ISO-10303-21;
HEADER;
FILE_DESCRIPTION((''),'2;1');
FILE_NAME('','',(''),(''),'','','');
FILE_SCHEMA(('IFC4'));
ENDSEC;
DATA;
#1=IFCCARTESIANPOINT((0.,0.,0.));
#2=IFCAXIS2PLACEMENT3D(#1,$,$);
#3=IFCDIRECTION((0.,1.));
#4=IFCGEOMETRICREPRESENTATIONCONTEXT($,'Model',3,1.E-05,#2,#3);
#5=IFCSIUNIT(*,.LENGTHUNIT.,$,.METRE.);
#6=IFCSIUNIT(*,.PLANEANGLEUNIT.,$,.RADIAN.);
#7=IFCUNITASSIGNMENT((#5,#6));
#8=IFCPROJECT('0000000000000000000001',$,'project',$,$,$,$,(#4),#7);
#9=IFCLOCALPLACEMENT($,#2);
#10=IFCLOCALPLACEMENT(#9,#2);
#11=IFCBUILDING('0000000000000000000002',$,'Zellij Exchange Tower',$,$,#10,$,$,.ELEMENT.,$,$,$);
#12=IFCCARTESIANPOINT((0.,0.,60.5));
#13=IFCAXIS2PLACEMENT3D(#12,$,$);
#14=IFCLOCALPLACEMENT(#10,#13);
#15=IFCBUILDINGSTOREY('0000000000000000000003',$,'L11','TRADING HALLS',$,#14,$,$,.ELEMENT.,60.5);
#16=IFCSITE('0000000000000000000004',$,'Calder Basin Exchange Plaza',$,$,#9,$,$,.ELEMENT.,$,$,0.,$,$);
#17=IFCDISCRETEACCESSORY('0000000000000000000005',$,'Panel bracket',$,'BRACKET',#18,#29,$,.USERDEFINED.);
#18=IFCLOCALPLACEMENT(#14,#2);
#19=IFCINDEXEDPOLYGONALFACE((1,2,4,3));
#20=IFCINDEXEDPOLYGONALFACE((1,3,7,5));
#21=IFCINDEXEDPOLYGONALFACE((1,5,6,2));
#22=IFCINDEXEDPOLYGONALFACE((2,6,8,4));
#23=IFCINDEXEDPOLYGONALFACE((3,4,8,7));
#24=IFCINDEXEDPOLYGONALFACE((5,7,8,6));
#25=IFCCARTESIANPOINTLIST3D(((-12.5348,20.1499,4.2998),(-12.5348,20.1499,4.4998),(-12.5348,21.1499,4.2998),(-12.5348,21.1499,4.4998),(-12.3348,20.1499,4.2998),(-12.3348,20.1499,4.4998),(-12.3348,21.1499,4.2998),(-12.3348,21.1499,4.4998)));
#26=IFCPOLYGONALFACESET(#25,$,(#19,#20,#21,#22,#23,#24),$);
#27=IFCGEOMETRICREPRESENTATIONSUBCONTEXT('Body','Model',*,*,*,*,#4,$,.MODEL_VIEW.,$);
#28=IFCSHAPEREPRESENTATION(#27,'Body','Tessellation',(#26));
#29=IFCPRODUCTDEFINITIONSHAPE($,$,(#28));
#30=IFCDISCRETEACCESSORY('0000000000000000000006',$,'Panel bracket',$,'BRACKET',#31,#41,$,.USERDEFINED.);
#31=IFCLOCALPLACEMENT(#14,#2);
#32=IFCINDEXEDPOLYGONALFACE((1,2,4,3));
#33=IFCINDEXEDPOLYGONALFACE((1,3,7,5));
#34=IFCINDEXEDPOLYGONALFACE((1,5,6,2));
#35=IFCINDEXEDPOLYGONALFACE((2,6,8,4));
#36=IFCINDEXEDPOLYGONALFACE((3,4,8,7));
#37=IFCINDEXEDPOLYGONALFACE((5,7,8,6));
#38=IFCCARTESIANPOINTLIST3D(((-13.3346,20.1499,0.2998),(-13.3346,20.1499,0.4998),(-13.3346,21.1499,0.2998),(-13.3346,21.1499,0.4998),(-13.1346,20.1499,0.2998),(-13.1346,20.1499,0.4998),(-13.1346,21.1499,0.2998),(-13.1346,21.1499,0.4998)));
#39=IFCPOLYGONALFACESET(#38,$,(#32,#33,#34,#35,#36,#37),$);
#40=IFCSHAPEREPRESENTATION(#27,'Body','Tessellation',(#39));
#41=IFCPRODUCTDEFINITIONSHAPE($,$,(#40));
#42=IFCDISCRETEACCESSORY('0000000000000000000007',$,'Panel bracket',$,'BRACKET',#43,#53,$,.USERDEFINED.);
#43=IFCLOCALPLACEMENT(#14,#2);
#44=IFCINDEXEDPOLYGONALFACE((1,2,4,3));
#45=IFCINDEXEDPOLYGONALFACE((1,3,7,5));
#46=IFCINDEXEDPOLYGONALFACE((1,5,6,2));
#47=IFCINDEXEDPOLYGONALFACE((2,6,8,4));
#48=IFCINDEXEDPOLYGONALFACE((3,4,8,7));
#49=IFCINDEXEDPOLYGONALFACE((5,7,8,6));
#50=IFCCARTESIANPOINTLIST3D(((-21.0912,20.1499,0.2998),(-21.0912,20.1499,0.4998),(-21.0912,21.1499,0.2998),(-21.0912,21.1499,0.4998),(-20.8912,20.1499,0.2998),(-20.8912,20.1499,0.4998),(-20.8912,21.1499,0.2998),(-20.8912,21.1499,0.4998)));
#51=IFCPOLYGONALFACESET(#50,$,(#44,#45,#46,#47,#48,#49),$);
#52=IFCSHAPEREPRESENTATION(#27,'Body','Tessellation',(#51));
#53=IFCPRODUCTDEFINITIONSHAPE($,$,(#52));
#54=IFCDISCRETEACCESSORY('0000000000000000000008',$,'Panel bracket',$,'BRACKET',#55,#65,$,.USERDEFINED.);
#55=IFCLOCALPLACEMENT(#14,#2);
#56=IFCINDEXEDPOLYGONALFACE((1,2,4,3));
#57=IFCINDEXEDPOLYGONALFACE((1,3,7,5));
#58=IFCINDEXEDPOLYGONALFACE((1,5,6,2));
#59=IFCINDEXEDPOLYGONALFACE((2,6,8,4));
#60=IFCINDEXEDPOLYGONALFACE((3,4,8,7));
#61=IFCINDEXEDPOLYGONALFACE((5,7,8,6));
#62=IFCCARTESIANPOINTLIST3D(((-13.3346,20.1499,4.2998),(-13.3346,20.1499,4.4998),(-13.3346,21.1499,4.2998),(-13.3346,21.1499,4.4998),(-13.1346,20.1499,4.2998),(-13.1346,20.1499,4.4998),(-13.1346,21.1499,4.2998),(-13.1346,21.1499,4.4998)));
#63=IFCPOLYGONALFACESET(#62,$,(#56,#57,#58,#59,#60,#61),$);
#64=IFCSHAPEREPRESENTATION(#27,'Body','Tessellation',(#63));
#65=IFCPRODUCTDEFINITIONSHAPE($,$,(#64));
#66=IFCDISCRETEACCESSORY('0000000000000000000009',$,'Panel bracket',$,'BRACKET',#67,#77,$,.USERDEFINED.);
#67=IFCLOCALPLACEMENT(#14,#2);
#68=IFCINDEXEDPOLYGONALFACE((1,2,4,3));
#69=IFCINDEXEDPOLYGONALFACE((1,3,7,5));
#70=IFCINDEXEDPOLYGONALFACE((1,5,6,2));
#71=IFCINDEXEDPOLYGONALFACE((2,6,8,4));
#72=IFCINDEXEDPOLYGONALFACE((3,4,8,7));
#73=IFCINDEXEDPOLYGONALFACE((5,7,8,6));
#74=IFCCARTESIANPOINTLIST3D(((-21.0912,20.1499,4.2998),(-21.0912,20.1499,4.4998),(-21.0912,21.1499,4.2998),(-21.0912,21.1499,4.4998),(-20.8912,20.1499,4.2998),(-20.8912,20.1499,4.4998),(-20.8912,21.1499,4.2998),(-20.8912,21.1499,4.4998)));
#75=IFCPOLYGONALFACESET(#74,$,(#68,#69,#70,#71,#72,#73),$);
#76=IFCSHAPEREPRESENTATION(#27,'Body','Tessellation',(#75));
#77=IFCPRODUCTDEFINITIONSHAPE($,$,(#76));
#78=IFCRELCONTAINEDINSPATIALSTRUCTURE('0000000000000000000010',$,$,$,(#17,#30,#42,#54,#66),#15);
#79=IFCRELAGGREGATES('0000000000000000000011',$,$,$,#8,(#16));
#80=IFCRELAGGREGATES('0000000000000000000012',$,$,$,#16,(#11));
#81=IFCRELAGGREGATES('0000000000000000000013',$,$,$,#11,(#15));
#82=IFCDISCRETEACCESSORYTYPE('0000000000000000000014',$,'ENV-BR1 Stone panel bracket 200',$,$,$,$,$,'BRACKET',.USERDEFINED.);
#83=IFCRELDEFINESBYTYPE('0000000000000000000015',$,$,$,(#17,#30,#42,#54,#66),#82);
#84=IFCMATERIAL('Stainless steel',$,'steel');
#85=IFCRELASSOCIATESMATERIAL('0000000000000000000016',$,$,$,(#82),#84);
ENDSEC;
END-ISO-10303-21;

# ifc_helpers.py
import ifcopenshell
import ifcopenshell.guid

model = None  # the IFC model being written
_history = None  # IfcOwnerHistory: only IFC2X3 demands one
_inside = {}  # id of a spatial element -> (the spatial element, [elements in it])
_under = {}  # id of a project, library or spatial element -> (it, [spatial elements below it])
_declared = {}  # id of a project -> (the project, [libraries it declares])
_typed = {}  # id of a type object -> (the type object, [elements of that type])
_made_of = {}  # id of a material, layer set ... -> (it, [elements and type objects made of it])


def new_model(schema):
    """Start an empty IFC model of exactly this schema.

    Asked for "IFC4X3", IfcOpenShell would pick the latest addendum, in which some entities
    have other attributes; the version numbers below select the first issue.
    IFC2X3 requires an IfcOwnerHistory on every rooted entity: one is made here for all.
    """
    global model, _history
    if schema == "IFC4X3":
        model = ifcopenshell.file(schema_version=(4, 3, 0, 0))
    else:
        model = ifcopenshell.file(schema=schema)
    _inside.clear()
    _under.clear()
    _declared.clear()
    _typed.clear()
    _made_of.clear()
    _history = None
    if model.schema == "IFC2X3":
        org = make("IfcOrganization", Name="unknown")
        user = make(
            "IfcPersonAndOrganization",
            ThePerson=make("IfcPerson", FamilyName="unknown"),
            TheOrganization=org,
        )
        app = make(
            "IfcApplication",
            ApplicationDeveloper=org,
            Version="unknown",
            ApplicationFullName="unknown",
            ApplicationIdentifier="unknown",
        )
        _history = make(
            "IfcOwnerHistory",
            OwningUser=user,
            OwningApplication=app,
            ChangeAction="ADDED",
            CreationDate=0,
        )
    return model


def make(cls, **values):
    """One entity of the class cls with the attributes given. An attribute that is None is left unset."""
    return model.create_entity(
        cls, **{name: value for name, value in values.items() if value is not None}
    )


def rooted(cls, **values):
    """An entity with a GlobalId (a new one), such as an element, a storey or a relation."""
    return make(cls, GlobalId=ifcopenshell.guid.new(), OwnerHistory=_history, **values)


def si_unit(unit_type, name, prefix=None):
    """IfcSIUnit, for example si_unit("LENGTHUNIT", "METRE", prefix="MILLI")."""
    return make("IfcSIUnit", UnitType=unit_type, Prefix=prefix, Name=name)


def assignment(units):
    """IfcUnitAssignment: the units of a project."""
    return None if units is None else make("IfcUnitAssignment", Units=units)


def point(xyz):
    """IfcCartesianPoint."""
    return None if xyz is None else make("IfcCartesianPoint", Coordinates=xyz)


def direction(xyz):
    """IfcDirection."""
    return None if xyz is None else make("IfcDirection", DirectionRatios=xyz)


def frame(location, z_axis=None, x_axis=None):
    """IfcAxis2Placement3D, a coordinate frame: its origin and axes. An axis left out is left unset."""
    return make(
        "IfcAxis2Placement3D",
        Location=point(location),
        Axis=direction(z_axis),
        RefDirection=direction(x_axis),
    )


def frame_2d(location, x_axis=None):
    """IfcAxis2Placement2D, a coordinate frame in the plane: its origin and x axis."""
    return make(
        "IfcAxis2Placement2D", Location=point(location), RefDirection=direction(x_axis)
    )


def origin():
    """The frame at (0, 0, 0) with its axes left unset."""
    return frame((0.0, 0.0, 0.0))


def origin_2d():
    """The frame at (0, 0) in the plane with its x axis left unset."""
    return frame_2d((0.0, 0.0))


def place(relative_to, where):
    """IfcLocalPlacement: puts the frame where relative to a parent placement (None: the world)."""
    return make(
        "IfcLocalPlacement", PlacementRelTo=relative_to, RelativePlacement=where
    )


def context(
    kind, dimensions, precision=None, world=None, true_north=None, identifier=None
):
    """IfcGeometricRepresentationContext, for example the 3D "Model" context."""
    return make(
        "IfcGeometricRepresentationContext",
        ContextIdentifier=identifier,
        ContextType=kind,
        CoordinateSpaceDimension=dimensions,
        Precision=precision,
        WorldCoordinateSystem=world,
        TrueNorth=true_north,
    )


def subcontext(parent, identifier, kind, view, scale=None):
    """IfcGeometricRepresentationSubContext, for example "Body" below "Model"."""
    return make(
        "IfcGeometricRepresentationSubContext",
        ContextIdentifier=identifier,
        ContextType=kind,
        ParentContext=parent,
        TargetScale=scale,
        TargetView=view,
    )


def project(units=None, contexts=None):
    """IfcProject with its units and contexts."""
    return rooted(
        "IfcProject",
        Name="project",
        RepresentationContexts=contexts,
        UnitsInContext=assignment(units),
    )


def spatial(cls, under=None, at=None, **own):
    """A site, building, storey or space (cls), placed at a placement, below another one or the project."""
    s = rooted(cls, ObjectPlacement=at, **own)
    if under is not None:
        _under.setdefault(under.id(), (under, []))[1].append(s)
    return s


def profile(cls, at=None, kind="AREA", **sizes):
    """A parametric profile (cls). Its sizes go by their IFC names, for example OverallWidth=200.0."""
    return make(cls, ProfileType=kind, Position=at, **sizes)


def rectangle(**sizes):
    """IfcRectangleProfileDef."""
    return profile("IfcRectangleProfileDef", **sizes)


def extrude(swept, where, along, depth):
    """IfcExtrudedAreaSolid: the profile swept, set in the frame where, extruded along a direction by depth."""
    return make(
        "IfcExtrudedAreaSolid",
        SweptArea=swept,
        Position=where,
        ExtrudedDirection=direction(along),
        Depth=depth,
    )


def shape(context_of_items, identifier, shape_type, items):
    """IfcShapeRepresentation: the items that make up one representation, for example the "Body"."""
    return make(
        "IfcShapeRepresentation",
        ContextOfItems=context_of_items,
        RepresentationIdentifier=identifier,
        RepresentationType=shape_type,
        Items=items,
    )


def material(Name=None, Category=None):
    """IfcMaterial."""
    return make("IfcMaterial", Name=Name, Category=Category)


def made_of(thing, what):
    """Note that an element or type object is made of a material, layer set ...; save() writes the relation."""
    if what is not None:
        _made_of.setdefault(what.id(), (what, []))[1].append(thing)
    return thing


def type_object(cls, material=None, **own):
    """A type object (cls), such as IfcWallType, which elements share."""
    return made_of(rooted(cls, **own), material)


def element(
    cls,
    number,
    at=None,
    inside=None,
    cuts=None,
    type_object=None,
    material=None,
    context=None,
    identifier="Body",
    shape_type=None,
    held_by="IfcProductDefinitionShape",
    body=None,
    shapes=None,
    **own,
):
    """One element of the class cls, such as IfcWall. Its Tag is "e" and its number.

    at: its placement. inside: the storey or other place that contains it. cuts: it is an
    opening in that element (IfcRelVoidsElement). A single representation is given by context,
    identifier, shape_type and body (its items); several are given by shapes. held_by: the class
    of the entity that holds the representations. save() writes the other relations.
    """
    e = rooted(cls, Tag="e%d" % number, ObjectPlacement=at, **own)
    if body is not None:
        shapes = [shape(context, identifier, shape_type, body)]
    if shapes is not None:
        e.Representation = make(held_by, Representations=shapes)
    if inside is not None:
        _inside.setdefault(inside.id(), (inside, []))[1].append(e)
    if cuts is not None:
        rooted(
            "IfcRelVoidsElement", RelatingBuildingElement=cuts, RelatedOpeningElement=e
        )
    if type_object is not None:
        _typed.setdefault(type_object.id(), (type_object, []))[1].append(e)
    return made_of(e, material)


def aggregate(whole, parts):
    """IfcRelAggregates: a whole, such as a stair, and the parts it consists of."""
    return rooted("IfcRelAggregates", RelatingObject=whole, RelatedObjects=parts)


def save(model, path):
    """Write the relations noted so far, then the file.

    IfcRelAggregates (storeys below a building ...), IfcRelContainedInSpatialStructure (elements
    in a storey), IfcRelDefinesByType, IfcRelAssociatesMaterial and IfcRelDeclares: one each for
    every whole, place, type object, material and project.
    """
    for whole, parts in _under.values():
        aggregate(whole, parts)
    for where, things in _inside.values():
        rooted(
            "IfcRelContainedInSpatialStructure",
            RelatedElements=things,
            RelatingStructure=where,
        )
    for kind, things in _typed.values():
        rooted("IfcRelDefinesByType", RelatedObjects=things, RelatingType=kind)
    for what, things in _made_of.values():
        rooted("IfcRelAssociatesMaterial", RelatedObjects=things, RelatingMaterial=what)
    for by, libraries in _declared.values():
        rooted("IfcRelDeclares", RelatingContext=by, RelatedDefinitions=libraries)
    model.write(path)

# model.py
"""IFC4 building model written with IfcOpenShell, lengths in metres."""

from ifc_helpers import new_model, si_unit, direction, frame, origin, origin_2d, place, context, subcontext, project, spatial, rectangle, extrude, material, type_object, element, save


model = new_model("IFC4")

# Units and contexts
model_context = context("Model", 3, precision=1e-05, world=origin(), true_north=direction((0.0, 1.0)))
body_context = subcontext(model_context, "Body", "Model", "MODEL_VIEW")
ifc_project = project(units=[si_unit("LENGTHUNIT", "METRE"), si_unit("PLANEANGLEUNIT", "RADIAN")], contexts=[model_context])

# Site, building, storey
site_placement = place(None, origin())
site = spatial("IfcSite", under=ifc_project, at=site_placement, Name="Calder Basin Exchange Plaza", CompositionType="ELEMENT", RefElevation=0.0)
building_placement = place(site_placement, origin())
building = spatial("IfcBuilding", under=site, at=building_placement, Name="Zellij Exchange Tower", CompositionType="ELEMENT")
storey_placement = place(building_placement, frame((0.0, 0.0, 60.5)))
storey = spatial("IfcBuildingStorey", under=building, at=storey_placement, Name="L11", Description="TRADING HALLS", CompositionType="ELEMENT", Elevation=60.5)

# Discrete accessories
ifc_material_1 = material(Name="Stainless steel", Category="steel")
discrete_accessory_type = type_object("IfcDiscreteAccessoryType", Name="ENV-BR1 Stone panel bracket 200", ElementType="BRACKET", PredefinedType="USERDEFINED", material=ifc_material_1)
for number, where, z_axis, x_axis, name in (
    (1, (-12.4348, 20.6499, 4.2998), (0.0, 0.0, 1.0), (-1.0, 0.0, 0.0), "Panel bracket"),
    (2, (-13.2346, 20.6499, 0.2998), (0.0, 0.0, 1.0), (-1.0, 0.0, 0.0), "Panel bracket"),
    (3, (-20.9912, 20.6499, 0.2998), (0.0, 0.0, 1.0), (-1.0, 0.0, 0.0), "Panel bracket"),
    (4, (-13.2346, 20.6499, 4.2998), (0.0, 0.0, 1.0), (-1.0, 0.0, 0.0), "Panel bracket"),
    (5, (-20.9912, 20.6499, 4.2998), (0.0, 0.0, 1.0), (-1.0, 0.0, 0.0), "Panel bracket"),
):
    element("IfcDiscreteAccessory", number, at=place(storey_placement, frame(where, z_axis=z_axis, x_axis=x_axis)), inside=storey, type_object=discrete_accessory_type, Name=name, ObjectType="BRACKET", PredefinedType="USERDEFINED", context=body_context, shape_type="SweptSolid", body=[
        extrude(rectangle(XDim=0.2, YDim=1.0, at=origin_2d()), origin(), (0.0, 0.0, 1.0), 0.2),
    ])

save(model, "model.ifc")
